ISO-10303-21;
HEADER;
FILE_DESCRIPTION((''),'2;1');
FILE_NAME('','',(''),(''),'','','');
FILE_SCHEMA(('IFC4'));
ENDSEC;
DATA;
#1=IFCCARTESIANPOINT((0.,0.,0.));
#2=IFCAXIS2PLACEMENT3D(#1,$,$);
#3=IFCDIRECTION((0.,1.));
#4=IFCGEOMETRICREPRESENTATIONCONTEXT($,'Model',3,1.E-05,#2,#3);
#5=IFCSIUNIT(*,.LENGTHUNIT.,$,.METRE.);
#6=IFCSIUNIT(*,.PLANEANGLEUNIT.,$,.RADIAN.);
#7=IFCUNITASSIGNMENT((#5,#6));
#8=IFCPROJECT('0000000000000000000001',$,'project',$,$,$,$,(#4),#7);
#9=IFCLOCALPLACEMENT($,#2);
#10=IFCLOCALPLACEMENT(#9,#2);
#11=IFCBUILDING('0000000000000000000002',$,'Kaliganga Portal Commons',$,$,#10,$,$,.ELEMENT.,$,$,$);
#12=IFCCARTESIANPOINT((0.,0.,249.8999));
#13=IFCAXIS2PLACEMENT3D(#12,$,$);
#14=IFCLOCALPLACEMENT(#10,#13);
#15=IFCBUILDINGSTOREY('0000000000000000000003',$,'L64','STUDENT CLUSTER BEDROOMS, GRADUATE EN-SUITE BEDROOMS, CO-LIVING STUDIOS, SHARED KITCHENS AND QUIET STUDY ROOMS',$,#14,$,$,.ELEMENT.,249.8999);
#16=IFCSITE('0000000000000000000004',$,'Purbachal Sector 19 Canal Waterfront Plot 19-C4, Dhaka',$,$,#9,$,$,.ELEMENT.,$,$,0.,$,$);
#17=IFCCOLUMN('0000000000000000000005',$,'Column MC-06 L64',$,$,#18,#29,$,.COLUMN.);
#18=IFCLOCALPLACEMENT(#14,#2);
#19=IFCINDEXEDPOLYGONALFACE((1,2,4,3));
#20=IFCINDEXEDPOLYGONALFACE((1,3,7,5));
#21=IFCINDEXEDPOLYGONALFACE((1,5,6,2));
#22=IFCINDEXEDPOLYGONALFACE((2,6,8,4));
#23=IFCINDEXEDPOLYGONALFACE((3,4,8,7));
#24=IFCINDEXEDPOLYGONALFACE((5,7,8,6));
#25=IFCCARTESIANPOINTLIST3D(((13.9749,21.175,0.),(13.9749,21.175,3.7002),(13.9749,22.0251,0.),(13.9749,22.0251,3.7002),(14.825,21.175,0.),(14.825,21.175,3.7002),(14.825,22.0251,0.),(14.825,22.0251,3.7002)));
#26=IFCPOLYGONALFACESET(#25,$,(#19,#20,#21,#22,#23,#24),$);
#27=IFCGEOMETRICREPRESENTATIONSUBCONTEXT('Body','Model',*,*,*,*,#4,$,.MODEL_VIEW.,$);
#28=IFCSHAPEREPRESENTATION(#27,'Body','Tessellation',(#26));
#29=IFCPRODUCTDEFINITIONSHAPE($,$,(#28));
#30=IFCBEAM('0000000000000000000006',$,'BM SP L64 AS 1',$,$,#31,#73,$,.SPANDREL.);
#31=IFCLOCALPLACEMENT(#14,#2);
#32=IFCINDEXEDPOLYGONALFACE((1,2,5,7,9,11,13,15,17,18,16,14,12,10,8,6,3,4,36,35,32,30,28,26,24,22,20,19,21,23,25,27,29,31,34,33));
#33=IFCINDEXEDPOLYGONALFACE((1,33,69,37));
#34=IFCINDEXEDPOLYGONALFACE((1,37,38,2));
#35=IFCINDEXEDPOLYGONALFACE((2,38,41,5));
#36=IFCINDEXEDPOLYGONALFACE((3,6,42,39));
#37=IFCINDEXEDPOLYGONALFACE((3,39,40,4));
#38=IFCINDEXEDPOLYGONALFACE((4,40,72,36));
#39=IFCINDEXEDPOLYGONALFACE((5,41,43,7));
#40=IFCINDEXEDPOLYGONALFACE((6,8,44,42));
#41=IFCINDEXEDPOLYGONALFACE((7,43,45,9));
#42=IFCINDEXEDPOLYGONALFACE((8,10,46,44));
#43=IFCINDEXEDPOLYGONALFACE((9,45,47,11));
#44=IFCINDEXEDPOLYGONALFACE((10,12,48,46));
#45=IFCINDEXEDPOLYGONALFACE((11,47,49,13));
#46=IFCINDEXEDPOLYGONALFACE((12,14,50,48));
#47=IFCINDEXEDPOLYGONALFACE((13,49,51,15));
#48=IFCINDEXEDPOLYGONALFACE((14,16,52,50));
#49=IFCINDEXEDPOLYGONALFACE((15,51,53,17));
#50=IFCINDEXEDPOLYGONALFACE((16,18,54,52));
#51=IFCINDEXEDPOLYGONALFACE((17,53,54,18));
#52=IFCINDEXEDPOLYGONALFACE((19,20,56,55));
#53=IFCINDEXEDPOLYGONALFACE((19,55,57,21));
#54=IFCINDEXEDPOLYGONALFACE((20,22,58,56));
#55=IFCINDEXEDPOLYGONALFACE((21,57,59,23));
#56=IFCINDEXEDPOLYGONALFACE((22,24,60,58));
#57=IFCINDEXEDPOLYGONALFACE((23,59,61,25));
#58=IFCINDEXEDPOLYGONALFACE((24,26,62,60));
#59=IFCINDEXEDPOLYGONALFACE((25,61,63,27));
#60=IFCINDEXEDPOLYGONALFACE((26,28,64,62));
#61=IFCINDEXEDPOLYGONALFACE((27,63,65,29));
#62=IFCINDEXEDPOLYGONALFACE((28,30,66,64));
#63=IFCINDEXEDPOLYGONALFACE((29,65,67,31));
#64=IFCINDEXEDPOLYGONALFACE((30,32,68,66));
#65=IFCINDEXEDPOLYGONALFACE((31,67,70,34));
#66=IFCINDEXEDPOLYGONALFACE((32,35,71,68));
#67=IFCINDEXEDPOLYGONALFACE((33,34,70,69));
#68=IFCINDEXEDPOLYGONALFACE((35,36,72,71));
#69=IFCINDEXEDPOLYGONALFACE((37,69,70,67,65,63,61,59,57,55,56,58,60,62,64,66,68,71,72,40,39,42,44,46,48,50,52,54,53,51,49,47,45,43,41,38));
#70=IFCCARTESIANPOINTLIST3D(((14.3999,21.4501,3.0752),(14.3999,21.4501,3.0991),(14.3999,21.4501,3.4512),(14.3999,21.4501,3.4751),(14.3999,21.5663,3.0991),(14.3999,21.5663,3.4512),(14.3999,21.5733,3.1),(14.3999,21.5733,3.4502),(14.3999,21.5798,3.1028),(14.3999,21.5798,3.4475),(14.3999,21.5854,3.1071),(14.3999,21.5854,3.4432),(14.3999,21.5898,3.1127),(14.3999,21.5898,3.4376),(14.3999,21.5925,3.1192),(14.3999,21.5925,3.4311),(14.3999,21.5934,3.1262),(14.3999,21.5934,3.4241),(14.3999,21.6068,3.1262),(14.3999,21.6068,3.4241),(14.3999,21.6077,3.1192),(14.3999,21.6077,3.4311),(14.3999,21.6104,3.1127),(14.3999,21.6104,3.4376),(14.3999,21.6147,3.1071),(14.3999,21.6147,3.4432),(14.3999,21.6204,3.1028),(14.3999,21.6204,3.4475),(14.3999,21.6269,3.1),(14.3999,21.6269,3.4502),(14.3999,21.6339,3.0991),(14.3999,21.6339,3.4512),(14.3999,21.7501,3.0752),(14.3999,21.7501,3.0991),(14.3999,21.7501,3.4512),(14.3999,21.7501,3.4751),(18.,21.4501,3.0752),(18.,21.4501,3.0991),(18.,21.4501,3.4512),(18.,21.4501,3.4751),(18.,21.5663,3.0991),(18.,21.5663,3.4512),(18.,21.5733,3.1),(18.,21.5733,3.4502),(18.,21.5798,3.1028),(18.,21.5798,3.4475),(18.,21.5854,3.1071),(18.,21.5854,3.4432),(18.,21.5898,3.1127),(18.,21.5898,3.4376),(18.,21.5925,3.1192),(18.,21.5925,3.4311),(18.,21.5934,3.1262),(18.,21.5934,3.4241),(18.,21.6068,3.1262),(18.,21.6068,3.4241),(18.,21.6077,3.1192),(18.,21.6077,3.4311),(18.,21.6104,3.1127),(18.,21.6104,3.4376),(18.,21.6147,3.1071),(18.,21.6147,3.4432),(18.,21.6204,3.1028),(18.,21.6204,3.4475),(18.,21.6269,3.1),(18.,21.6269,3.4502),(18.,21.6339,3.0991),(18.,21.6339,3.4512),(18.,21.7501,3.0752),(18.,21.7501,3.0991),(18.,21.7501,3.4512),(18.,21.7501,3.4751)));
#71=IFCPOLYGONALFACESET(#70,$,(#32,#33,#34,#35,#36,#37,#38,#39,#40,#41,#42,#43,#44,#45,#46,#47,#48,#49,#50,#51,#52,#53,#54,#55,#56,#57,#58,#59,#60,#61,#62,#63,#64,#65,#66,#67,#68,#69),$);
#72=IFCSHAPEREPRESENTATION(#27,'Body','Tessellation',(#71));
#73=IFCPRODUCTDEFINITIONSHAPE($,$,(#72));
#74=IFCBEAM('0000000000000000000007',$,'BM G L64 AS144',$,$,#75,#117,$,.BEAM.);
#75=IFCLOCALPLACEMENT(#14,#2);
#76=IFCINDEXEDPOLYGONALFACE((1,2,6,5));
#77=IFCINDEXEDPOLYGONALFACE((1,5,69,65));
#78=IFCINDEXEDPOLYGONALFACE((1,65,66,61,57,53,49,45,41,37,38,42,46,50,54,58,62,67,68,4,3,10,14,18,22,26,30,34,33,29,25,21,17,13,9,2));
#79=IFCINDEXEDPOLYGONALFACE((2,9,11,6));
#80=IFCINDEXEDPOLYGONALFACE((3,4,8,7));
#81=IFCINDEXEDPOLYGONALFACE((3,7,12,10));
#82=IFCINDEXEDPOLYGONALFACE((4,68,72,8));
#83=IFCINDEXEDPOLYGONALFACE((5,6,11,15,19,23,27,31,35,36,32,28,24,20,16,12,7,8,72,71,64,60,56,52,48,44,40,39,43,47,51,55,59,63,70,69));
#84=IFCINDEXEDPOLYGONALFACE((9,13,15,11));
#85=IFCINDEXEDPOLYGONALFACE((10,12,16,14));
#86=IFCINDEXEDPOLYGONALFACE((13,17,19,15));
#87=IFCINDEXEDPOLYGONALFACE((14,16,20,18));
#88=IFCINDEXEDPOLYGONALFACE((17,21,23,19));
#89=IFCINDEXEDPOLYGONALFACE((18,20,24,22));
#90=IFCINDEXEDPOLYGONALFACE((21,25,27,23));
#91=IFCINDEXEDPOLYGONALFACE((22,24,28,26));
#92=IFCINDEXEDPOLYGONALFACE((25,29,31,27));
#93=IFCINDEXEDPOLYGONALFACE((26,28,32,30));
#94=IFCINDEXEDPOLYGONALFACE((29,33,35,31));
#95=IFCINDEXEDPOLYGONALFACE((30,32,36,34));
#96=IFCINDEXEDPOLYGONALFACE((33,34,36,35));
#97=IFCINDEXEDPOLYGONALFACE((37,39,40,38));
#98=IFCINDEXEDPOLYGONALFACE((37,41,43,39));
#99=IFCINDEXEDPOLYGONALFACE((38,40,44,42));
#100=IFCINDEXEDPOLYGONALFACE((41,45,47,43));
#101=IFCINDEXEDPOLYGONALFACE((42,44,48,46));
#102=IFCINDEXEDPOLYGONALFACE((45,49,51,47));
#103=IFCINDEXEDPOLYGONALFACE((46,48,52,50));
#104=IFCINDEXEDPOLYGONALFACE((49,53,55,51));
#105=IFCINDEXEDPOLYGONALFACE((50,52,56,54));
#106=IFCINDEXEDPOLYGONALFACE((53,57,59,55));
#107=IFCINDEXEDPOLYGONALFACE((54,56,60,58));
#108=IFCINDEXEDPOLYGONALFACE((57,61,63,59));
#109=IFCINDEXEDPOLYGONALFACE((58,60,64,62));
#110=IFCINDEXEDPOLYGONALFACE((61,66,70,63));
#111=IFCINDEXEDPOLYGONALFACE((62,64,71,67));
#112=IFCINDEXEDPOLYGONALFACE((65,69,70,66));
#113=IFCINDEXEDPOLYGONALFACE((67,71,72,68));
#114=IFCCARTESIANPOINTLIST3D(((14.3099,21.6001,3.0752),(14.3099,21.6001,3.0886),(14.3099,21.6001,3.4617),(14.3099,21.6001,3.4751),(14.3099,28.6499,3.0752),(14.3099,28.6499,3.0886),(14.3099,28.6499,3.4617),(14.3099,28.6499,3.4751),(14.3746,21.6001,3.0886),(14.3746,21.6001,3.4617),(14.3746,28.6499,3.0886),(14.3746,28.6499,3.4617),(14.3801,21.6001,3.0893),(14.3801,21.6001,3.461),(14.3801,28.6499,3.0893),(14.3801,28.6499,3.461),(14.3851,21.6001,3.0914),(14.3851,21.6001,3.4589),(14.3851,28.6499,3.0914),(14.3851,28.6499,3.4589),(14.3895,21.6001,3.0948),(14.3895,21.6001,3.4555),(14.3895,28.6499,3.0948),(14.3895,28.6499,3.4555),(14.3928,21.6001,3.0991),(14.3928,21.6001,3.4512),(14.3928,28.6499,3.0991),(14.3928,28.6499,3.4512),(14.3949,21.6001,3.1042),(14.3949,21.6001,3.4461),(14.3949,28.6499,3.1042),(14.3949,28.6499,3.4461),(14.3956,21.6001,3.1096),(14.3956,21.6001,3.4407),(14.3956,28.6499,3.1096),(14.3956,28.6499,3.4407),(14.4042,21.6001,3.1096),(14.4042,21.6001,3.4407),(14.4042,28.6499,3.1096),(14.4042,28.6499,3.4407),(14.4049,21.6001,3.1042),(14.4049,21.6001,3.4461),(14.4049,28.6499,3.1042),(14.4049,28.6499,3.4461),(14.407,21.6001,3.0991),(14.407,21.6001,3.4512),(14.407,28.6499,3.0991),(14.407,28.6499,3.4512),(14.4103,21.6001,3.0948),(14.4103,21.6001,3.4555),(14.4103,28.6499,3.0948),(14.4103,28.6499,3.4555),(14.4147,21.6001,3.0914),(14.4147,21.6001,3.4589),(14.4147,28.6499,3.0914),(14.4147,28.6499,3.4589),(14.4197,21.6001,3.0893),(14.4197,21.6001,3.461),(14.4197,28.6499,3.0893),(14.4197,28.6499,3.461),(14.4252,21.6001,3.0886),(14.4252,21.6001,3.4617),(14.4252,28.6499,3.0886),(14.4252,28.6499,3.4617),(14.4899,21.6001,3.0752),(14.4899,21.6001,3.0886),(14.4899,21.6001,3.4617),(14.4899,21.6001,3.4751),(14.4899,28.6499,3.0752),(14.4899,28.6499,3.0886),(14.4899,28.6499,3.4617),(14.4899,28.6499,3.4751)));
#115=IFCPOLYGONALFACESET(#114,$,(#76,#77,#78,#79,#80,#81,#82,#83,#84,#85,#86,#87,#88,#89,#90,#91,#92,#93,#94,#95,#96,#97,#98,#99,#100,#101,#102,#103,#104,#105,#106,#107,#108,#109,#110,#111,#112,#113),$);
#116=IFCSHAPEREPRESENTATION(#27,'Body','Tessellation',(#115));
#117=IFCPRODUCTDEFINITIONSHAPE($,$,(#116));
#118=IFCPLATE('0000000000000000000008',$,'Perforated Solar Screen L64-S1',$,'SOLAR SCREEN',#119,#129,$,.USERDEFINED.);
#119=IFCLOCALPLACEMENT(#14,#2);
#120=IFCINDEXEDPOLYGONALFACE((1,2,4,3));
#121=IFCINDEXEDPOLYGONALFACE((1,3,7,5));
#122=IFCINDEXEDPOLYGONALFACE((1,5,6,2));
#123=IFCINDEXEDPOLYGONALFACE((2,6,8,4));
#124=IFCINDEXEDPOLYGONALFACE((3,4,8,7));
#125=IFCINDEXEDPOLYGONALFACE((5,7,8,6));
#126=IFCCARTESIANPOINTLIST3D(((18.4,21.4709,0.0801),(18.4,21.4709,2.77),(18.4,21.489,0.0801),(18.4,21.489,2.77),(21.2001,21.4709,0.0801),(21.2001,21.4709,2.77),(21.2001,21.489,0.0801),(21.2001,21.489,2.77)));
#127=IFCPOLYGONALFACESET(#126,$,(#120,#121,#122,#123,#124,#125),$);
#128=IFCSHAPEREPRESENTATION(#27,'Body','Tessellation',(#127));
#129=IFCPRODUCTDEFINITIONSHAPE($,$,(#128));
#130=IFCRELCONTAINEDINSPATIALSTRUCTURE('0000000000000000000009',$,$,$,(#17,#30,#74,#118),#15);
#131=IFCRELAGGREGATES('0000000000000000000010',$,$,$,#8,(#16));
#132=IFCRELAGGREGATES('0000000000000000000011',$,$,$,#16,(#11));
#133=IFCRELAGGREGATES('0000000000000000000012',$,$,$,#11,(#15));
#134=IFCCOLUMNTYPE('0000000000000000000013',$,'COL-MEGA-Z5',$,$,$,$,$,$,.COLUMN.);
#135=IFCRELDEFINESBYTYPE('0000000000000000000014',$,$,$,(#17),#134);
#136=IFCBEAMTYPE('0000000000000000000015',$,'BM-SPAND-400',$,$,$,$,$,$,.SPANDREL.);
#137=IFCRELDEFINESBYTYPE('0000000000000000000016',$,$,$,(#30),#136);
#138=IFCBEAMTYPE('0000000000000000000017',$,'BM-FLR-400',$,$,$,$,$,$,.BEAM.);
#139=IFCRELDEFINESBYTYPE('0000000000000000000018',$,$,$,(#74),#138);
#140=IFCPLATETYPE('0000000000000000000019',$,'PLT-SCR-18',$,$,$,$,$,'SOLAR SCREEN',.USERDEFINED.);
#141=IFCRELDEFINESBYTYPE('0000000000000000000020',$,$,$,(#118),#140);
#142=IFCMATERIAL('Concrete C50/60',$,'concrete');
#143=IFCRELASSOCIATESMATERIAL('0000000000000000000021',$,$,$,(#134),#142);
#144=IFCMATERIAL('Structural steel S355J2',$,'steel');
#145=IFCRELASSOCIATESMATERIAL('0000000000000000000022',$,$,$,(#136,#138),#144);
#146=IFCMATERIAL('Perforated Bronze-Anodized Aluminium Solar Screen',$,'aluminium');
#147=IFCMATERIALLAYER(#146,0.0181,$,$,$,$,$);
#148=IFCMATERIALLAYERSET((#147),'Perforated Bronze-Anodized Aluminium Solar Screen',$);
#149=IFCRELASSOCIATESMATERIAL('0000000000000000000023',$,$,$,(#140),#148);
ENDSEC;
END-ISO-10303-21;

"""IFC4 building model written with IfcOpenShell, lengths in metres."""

from ifc_helpers import new_model, si_unit, direction, frame, origin, origin_2d, place, context, subcontext, project, spatial, rectangle, i_section, extrude, source, transform, mapped, material, layer, layer_set, material_profile, profile_set, type_object, element, save


model = new_model("IFC4")

# Units and contexts
model_context = context("Model", 3, precision=1e-05, world=origin(), true_north=direction((0.0, 1.0)))
body_context = subcontext(model_context, "Body", "Model", "MODEL_VIEW")
ifc_project = project(units=[si_unit("LENGTHUNIT", "METRE"), si_unit("PLANEANGLEUNIT", "RADIAN")], contexts=[model_context])

# Site, building, storey
site_placement = place(None, origin())
site = spatial("IfcSite", under=ifc_project, at=site_placement, Name="Purbachal Sector 19 Canal Waterfront Plot 19-C4, Dhaka", CompositionType="ELEMENT", RefElevation=0.0)
building_placement = place(site_placement, origin())
building = spatial("IfcBuilding", under=site, at=building_placement, Name="Kaliganga Portal Commons", CompositionType="ELEMENT")
storey_placement = place(building_placement, frame((0.0, 0.0, 249.8999)))
storey = spatial("IfcBuildingStorey", under=building, at=storey_placement, Name="L64", Description="STUDENT CLUSTER BEDROOMS, GRADUATE EN-SUITE BEDROOMS, CO-LIVING STUDIOS, SHARED KITCHENS AND QUIET STUDY ROOMS", CompositionType="ELEMENT", Elevation=249.8999)

# Column
ifc_material_1 = material(Name="Concrete C50/60", Category="concrete")
ifc_material_profile_1 = material_profile(ifc_material_1, rectangle(XDim=0.8501, YDim=0.8501, at=origin_2d()), Name="RC 850x850")
ifc_profile_set_1 = profile_set([ifc_material_profile_1], Name="Concrete C50/60")
column_type = type_object("IfcColumnType", Name="COL-MEGA-Z5", PredefinedType="COLUMN", material=ifc_profile_set_1)
shared_shape_1 = source(origin(), body_context, "Body", "SweptSolid", [
    extrude(rectangle(XDim=0.8501, YDim=0.8501, at=origin_2d()), origin(), (0.0, 0.0, 1.0), 3.7002),
])
column_placement = place(storey_placement, frame((14.3999, 21.6001, 0.0), z_axis=(0.0, 0.0, 1.0), x_axis=(1.0, 0.0, 0.0)))
element("IfcColumn", 1, at=column_placement, inside=storey, type_object=column_type, Name="Column MC-06 L64", PredefinedType="COLUMN", context=body_context, shape_type="MappedRepresentation", body=[
    mapped(shared_shape_1, transform((0.0, 0.0, 0.0), x_axis=(1.0, 0.0, 0.0), y_axis=(0.0, 1.0, 0.0), z_axis=(0.0, 0.0, 1.0), scale=1.0)),
])

# Beams
ifc_material_2 = material(Name="Structural steel S355J2", Category="steel")
ifc_material_profile_2 = material_profile(ifc_material_2, i_section(OverallWidth=0.3, OverallDepth=0.3999, WebThickness=0.0134, FlangeThickness=0.0239, FilletRadius=0.0271, at=origin_2d()), Name="HE 400 B")
ifc_profile_set_2 = profile_set([ifc_material_profile_2], Name="Structural steel S355J2 wide-flange")
beam_type_1 = type_object("IfcBeamType", Name="BM-SPAND-400", PredefinedType="SPANDREL", material=ifc_profile_set_2)
shared_shape_2 = source(origin(), body_context, "Body", "SweptSolid", [
    extrude(i_section(OverallWidth=0.3, OverallDepth=0.3999, WebThickness=0.0134, FlangeThickness=0.0239, FilletRadius=0.0271, at=origin_2d()), origin(), (0.0, 0.0, 1.0), 3.6001),
])
beam_1_placement = place(storey_placement, frame((14.3999, 21.6001, 3.2751), z_axis=(1.0, 0.0, 0.0), x_axis=(0.0, 1.0, 0.0)))
element("IfcBeam", 2, at=beam_1_placement, inside=storey, type_object=beam_type_1, Name="BM SP L64 AS 1", PredefinedType="SPANDREL", context=body_context, shape_type="MappedRepresentation", body=[
    mapped(shared_shape_2, transform((0.0, 0.0, 0.0), x_axis=(1.0, 0.0, 0.0), y_axis=(0.0, 1.0, 0.0), z_axis=(0.0, 0.0, 1.0), scale=1.0)),
])
ifc_material_profile_3 = material_profile(ifc_material_2, i_section(OverallWidth=0.1799, OverallDepth=0.3999, WebThickness=0.0085, FlangeThickness=0.0134, FilletRadius=0.021, at=origin_2d()), Name="IPE 400")
ifc_profile_set_3 = profile_set([ifc_material_profile_3], Name="Structural steel S355J2 wide-flange")
beam_type_2 = type_object("IfcBeamType", Name="BM-FLR-400", PredefinedType="BEAM", material=ifc_profile_set_3)
shared_shape_3 = source(origin(), body_context, "Body", "SweptSolid", [
    extrude(i_section(OverallWidth=0.1799, OverallDepth=0.3999, WebThickness=0.0085, FlangeThickness=0.0134, FilletRadius=0.021, at=origin_2d()), origin(), (0.0, 0.0, 1.0), 7.0498),
])
beam_2_placement = place(storey_placement, frame((14.3999, 21.6001, 3.2751), z_axis=(0.0, 1.0, 0.0), x_axis=(-1.0, 0.0, 0.0)))
element("IfcBeam", 3, at=beam_2_placement, inside=storey, type_object=beam_type_2, Name="BM G L64 AS144", PredefinedType="BEAM", context=body_context, shape_type="MappedRepresentation", body=[
    mapped(shared_shape_3, transform((0.0, 0.0, 0.0), x_axis=(1.0, 0.0, 0.0), y_axis=(0.0, 1.0, 0.0), z_axis=(0.0, 0.0, 1.0), scale=1.0)),
])

# Plate
ifc_material_3 = material(Name="Perforated Bronze-Anodized Aluminium Solar Screen", Category="aluminium")
ifc_layer_1 = layer(ifc_material_3, 0.0181)
ifc_layer_set_1 = layer_set([ifc_layer_1], Name="Perforated Bronze-Anodized Aluminium Solar Screen")
plate_type = type_object("IfcPlateType", Name="PLT-SCR-18", ElementType="SOLAR SCREEN", PredefinedType="USERDEFINED", material=ifc_layer_set_1)
shared_shape_4 = source(origin(), body_context, "Body", "SweptSolid", [
    extrude(rectangle(XDim=2.8, YDim=0.0181, at=origin_2d()), origin(), (0.0, 0.0, 1.0), 2.6899),
])
plate_placement = place(storey_placement, frame((19.8, 21.48, 0.0801), z_axis=(0.0, 0.0, 1.0), x_axis=(1.0, 0.0, 0.0)))
element("IfcPlate", 4, at=plate_placement, inside=storey, type_object=plate_type, Name="Perforated Solar Screen L64-S1", ObjectType="SOLAR SCREEN", PredefinedType="USERDEFINED", context=body_context, shape_type="MappedRepresentation", body=[
    mapped(shared_shape_4, transform((0.0, 0.0, 0.0), x_axis=(1.0, 0.0, 0.0), y_axis=(0.0, 1.0, 0.0), z_axis=(0.0, 0.0, 1.0), scale=1.0)),
])

save(model, "model.ifc")
